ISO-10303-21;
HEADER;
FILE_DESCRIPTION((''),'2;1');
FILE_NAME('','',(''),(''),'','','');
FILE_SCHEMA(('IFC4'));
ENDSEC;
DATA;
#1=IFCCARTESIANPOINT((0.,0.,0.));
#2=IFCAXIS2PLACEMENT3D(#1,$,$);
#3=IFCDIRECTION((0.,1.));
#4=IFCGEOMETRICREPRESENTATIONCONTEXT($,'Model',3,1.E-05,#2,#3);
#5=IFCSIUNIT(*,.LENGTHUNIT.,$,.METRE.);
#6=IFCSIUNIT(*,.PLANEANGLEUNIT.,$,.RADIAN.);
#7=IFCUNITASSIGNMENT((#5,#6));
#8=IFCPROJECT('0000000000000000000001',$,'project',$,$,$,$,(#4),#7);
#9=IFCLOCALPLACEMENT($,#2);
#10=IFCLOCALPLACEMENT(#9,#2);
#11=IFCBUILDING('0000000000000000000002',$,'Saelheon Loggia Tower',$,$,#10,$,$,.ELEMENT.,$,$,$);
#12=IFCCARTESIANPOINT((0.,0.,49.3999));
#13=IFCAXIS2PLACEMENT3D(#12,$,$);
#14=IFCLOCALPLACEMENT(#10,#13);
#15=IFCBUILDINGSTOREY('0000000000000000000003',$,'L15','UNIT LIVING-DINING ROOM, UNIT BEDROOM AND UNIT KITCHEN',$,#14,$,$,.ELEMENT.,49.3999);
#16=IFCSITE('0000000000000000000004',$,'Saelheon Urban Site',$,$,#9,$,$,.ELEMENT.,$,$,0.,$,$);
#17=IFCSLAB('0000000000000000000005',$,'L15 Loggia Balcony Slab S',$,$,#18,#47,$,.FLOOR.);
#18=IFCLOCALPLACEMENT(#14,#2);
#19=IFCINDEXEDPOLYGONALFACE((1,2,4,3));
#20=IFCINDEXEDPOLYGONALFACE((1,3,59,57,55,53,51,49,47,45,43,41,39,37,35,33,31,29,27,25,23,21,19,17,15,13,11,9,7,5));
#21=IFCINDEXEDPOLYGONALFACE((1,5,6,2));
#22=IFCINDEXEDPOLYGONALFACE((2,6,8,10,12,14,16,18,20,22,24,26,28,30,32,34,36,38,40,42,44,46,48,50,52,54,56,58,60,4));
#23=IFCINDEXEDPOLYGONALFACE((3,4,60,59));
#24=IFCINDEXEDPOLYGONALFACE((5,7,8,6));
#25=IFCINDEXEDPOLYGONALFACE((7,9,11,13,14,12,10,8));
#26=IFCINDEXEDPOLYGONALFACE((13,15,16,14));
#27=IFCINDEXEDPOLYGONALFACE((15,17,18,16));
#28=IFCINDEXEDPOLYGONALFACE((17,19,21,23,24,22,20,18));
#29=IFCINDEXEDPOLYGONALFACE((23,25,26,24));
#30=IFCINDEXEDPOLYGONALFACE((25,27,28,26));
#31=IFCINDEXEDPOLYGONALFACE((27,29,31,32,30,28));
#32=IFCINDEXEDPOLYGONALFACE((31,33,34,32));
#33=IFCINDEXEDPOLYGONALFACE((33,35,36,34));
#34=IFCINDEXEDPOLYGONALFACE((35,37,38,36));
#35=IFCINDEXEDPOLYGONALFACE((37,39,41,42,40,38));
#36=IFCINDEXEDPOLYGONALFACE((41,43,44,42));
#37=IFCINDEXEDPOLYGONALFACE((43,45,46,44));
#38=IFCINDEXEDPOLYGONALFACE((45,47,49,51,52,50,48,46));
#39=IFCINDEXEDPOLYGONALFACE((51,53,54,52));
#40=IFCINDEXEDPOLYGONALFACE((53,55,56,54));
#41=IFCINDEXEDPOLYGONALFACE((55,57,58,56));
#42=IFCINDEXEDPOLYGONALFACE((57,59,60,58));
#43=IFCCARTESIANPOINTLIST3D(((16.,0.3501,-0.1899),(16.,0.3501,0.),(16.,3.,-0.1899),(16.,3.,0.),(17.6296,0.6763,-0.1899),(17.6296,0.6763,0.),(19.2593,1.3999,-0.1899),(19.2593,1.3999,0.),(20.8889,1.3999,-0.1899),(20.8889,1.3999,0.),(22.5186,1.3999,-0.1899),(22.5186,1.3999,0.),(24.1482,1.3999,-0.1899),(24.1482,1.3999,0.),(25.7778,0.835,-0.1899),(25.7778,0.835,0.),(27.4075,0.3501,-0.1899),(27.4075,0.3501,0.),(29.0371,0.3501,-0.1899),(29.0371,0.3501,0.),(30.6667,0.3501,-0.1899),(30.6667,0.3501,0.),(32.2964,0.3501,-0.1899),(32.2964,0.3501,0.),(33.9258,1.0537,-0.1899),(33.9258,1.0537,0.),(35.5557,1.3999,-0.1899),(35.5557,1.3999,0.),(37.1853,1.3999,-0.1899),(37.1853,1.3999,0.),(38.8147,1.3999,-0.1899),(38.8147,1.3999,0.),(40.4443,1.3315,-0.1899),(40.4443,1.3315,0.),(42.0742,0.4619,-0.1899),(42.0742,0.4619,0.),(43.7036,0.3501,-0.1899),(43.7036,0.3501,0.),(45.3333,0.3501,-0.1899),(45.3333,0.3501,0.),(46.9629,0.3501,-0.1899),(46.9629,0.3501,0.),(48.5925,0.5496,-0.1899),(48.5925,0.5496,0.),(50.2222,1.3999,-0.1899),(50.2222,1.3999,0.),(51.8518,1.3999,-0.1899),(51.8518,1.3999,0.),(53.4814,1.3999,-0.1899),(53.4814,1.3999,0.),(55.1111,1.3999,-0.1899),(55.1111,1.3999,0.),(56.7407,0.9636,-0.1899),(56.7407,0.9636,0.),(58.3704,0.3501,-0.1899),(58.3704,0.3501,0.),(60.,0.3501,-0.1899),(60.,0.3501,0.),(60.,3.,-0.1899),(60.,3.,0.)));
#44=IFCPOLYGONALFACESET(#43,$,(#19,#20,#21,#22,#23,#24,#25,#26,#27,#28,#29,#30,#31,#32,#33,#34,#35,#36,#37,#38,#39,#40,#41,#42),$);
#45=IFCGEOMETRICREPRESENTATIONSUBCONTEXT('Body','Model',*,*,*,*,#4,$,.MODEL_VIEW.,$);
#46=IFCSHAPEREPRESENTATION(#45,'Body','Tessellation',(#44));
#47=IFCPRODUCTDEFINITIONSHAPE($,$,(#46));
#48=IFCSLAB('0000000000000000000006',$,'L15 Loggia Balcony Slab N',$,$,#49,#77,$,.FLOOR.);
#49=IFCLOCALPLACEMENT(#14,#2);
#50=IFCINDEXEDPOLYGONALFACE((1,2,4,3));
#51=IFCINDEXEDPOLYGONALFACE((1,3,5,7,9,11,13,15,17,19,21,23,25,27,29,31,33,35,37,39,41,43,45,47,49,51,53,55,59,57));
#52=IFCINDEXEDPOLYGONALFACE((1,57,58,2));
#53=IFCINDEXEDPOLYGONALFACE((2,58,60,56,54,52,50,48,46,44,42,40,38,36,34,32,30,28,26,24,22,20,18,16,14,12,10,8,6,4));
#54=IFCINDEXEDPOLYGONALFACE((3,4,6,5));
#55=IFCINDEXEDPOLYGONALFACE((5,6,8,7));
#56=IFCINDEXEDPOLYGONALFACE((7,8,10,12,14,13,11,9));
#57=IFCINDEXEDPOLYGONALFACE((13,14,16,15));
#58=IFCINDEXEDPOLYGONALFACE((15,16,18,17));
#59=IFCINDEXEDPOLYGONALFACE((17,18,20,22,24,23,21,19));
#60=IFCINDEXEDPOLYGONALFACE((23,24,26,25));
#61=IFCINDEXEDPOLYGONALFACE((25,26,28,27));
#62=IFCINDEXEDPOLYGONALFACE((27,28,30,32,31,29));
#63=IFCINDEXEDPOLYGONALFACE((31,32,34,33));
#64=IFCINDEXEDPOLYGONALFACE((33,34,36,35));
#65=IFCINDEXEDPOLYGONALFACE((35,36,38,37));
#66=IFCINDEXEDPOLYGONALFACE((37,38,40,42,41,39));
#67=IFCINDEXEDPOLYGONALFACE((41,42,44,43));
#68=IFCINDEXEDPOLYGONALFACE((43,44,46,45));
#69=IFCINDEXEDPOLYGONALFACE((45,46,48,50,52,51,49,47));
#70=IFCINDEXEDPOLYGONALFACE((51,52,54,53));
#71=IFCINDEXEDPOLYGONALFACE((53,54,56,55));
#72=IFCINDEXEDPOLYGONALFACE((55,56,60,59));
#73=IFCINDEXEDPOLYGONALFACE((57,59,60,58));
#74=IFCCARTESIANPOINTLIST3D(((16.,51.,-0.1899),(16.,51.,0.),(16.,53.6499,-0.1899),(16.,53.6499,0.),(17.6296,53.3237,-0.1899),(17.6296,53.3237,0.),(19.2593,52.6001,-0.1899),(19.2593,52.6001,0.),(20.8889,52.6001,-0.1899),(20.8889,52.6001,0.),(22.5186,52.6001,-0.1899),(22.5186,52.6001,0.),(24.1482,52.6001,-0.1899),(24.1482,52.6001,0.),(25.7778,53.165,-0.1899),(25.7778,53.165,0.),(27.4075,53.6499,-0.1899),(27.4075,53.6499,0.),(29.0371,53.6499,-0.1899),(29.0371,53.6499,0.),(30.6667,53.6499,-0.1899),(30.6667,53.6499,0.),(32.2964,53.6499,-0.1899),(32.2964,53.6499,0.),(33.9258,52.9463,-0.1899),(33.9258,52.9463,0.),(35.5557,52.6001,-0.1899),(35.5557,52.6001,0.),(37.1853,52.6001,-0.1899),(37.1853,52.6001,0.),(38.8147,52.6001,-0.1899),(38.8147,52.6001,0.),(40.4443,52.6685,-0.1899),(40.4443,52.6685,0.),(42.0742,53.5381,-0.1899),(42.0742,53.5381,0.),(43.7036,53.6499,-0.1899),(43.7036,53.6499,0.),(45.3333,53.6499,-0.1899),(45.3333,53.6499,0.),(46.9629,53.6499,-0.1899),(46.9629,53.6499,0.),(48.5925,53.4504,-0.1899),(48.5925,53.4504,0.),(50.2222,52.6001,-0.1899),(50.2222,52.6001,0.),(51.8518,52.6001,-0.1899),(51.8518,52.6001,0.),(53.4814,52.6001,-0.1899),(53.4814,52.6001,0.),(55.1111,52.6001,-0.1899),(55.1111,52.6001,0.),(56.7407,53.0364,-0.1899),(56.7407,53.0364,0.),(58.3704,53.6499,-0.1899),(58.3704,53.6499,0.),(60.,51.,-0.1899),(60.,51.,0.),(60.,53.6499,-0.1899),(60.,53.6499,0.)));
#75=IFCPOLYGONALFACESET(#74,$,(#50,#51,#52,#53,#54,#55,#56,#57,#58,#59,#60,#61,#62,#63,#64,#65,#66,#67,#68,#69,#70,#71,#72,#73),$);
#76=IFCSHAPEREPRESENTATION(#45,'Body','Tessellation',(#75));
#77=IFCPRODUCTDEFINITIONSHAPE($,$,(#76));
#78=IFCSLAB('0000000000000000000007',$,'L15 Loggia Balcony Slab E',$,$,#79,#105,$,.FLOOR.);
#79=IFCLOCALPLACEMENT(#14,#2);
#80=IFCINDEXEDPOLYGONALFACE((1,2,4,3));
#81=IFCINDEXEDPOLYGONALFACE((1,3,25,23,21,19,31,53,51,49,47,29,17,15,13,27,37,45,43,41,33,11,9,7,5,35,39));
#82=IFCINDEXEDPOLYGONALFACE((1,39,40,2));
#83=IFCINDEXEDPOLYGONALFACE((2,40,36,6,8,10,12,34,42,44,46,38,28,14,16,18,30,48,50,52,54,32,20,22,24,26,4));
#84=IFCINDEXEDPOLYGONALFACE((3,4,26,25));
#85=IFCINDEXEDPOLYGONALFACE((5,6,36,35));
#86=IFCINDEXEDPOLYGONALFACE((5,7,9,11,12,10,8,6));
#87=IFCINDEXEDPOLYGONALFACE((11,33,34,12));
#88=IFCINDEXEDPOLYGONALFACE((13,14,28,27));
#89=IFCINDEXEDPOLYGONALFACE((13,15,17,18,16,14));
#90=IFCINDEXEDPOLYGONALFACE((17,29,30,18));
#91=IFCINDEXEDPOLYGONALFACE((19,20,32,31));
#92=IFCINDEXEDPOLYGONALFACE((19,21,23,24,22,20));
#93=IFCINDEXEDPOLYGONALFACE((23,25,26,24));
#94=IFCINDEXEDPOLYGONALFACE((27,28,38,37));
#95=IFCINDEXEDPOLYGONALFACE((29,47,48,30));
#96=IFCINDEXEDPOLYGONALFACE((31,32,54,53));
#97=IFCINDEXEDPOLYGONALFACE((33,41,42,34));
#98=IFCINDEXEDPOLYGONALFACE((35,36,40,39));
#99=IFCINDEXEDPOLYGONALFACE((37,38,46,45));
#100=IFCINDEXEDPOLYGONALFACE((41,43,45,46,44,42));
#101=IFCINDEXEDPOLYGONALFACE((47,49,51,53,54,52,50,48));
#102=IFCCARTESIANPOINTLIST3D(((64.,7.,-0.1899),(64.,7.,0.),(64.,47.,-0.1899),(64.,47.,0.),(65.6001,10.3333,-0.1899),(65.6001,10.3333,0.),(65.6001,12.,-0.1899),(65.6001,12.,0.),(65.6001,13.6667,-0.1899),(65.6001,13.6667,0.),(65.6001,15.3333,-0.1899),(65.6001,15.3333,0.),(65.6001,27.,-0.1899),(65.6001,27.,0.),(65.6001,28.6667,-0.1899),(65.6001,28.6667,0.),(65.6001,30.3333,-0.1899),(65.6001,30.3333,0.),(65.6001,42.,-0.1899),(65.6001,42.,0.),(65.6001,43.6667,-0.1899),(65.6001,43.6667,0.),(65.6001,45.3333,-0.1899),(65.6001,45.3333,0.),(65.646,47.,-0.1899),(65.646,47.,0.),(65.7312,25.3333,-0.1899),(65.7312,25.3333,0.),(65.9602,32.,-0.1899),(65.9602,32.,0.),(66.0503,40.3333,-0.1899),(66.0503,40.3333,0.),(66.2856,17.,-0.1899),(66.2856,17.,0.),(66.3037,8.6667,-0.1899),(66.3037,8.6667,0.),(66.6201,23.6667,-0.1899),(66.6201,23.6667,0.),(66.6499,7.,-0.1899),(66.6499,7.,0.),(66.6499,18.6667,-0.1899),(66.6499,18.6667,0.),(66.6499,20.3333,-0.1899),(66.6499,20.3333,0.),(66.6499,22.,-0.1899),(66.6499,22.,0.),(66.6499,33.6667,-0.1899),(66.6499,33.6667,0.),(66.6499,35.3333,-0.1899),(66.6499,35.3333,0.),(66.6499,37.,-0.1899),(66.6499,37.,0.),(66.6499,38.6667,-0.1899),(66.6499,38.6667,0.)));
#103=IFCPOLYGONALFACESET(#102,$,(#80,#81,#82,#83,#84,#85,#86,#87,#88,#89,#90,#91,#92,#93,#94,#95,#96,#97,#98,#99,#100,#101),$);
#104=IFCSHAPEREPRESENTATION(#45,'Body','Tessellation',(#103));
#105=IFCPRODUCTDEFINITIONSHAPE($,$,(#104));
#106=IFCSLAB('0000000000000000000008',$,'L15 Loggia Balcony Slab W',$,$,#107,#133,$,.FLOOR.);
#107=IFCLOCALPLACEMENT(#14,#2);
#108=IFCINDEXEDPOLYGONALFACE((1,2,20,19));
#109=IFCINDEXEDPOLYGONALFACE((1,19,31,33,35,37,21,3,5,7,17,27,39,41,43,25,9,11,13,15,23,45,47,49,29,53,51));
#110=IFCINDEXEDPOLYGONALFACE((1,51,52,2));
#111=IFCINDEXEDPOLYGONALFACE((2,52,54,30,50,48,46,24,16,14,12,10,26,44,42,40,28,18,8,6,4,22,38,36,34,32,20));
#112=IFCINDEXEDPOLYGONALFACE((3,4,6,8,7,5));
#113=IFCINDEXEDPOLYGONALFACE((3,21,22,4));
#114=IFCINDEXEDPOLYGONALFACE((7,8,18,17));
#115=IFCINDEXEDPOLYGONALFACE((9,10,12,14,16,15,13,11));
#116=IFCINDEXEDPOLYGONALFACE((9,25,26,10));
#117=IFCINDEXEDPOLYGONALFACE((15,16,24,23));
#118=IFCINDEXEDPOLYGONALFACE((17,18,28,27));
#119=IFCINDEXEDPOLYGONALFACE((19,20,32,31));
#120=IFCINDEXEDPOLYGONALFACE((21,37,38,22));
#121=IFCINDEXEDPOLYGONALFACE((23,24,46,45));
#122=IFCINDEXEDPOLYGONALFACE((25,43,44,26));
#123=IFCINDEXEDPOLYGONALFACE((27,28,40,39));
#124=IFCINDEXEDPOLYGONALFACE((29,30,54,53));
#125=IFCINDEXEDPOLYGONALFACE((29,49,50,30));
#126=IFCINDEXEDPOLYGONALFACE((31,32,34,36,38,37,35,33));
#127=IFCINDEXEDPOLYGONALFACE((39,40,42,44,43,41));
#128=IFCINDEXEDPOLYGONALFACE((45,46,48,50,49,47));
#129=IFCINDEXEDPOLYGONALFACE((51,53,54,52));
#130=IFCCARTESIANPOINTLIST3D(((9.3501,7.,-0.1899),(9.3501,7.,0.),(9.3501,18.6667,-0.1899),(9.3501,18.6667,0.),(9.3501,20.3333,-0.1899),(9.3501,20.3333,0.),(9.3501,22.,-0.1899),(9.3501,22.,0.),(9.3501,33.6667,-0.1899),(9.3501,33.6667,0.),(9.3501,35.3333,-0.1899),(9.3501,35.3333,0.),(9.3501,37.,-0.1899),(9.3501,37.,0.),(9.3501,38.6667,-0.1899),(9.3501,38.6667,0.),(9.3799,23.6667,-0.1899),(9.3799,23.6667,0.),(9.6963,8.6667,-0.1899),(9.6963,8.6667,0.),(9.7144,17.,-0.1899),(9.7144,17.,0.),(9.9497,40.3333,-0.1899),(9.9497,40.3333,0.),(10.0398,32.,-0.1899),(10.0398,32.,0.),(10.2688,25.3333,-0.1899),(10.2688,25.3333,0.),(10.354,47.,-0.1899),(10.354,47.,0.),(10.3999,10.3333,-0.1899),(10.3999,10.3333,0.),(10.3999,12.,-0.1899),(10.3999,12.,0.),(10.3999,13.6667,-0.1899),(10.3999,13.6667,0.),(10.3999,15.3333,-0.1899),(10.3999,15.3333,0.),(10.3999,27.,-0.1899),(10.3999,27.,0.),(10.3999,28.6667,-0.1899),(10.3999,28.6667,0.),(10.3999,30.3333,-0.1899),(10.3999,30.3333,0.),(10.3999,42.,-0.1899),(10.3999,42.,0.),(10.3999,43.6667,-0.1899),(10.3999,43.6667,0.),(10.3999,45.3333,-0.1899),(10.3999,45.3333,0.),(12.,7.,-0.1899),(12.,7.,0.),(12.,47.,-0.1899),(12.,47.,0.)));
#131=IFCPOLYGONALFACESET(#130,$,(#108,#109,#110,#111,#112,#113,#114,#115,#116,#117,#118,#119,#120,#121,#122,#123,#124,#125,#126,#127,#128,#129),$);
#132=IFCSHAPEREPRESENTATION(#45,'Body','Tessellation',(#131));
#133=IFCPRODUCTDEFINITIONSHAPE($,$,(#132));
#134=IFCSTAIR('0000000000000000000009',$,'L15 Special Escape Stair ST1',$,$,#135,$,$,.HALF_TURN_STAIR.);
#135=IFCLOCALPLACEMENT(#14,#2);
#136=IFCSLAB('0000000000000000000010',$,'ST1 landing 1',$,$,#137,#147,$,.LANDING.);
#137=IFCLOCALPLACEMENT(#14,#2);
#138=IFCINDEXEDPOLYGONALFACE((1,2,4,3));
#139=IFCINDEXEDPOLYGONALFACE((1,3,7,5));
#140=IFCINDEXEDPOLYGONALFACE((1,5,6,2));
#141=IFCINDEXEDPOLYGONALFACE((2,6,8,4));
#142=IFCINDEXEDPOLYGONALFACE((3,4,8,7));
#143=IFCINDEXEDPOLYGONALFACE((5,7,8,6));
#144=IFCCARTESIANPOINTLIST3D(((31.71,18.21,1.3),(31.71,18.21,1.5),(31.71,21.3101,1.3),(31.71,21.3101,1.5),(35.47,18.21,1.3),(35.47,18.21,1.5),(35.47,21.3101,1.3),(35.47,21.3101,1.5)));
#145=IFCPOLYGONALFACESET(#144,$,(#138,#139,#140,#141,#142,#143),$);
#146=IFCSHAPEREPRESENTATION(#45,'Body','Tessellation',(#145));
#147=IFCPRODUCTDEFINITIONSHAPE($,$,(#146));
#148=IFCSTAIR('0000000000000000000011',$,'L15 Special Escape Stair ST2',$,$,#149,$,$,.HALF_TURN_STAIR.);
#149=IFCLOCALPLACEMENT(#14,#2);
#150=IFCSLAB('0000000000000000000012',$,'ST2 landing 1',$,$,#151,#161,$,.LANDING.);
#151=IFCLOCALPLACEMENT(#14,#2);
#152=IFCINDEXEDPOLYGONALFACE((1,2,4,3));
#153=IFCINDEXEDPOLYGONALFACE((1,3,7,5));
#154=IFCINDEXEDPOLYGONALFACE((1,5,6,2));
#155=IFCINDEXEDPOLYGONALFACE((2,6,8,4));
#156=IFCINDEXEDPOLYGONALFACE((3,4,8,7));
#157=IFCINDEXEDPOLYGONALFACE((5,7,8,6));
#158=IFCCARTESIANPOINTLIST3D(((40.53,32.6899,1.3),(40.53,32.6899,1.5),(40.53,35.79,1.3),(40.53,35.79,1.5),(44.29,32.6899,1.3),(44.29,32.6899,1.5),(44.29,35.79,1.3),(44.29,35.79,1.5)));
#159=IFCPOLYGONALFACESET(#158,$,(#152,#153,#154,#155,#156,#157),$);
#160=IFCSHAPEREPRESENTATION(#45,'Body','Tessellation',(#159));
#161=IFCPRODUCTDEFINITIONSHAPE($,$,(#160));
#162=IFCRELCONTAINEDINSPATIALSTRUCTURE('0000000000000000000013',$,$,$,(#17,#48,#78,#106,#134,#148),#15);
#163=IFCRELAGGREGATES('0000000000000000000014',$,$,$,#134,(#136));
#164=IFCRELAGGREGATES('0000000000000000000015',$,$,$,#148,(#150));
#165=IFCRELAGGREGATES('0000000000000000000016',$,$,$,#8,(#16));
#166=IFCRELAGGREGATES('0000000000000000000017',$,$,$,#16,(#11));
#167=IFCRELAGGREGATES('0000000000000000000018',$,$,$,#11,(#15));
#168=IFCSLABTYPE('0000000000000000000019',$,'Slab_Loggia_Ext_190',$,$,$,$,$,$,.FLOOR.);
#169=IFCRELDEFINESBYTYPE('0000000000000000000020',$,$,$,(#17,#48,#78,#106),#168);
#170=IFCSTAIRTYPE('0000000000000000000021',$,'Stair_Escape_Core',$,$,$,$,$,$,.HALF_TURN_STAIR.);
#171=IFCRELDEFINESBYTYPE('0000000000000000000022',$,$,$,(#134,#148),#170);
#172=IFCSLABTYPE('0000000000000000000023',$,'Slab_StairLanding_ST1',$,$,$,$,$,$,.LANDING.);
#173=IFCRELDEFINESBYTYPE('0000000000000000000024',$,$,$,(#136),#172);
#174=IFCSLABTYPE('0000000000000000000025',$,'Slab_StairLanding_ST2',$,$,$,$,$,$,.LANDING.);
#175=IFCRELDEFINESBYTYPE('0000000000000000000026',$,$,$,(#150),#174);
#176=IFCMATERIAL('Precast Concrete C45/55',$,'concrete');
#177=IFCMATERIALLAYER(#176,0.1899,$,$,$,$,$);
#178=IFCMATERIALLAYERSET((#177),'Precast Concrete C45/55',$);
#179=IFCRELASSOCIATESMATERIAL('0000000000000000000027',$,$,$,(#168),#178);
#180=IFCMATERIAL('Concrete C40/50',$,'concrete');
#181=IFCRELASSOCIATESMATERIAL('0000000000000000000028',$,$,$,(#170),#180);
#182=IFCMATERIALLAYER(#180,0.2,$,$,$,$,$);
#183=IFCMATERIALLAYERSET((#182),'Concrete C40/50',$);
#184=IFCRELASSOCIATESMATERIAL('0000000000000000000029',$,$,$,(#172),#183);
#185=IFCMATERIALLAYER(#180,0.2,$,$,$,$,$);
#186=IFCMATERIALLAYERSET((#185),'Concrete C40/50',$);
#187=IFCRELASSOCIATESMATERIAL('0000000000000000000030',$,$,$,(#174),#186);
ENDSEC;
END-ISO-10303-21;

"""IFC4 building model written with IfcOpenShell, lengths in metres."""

from ifc_helpers import new_model, si_unit, direction, frame, origin, place, context, subcontext, project, spatial, polyline, outline, extrude, material, layer, layer_set, type_object, element, aggregate, save


model = new_model("IFC4")

# Units and contexts
model_context = context("Model", 3, precision=1e-05, world=origin(), true_north=direction((0.0, 1.0)))
body_context = subcontext(model_context, "Body", "Model", "MODEL_VIEW")
ifc_project = project(units=[si_unit("LENGTHUNIT", "METRE"), si_unit("PLANEANGLEUNIT", "RADIAN")], contexts=[model_context])

# Site, building, storey
site_placement = place(None, origin())
site = spatial("IfcSite", under=ifc_project, at=site_placement, Name="Saelheon Urban Site", CompositionType="ELEMENT", RefElevation=0.0)
building_placement = place(site_placement, origin())
building = spatial("IfcBuilding", under=site, at=building_placement, Name="Saelheon Loggia Tower", CompositionType="ELEMENT")
storey_placement = place(building_placement, frame((0.0, 0.0, 49.3999)))
storey = spatial("IfcBuildingStorey", under=building, at=storey_placement, Name="L15", Description="UNIT LIVING-DINING ROOM, UNIT BEDROOM AND UNIT KITCHEN", CompositionType="ELEMENT", Elevation=49.3999)

# Slabs
ifc_material_1 = material(Name="Precast Concrete C45/55", Category="concrete")
ifc_layer_1 = layer(ifc_material_1, 0.1899)
ifc_layer_set_1 = layer_set([ifc_layer_1], Name="Precast Concrete C45/55")
slab_type_1 = type_object("IfcSlabType", Name="Slab_Loggia_Ext_190", PredefinedType="FLOOR", material=ifc_layer_set_1)
slab_1_placement = place(storey_placement, frame((0.0, 0.0, -0.1899)))
element("IfcSlab", 1, at=slab_1_placement, inside=storey, type_object=slab_type_1, Name="L15 Loggia Balcony Slab S", PredefinedType="FLOOR", context=body_context, shape_type="SweptSolid", body=[
    extrude(outline(polyline([(16.0, 0.3501), (17.6296, 0.6763), (19.2593, 1.3999), (20.8889, 1.3999), (22.5186, 1.3999), (24.1482, 1.3999), (25.7778, 0.835), (27.4075, 0.3501), (29.0371, 0.3501), (30.6667, 0.3501), (32.2964, 0.3501), (33.9258, 1.0537), (35.5557, 1.3999), (37.1853, 1.3999), (38.8147, 1.3999), (40.4443, 1.3315), (42.0742, 0.4619), (43.7036, 0.3501), (45.3333, 0.3501), (46.9629, 0.3501), (48.5925, 0.5496), (50.2222, 1.3999), (51.8518, 1.3999), (53.4814, 1.3999), (55.1111, 1.3999), (56.7407, 0.9636), (58.3704, 0.3501), (60.0, 0.3501), (60.0, 3.0), (16.0, 3.0), (16.0, 0.3501)])), origin(), (0.0, 0.0, 1.0), 0.1899),
])
slab_2_placement = place(storey_placement, frame((0.0, 0.0, -0.1899)))
element("IfcSlab", 2, at=slab_2_placement, inside=storey, type_object=slab_type_1, Name="L15 Loggia Balcony Slab N", PredefinedType="FLOOR", context=body_context, shape_type="SweptSolid", body=[
    extrude(outline(polyline([(16.0, 51.0), (60.0, 51.0), (60.0, 53.6499), (58.3704, 53.6499), (56.7407, 53.0364), (55.1111, 52.6001), (53.4814, 52.6001), (51.8518, 52.6001), (50.2222, 52.6001), (48.5925, 53.4504), (46.9629, 53.6499), (45.3333, 53.6499), (43.7036, 53.6499), (42.0742, 53.5381), (40.4443, 52.6685), (38.8147, 52.6001), (37.1853, 52.6001), (35.5557, 52.6001), (33.9258, 52.9463), (32.2964, 53.6499), (30.6667, 53.6499), (29.0371, 53.6499), (27.4075, 53.6499), (25.7778, 53.165), (24.1482, 52.6001), (22.5186, 52.6001), (20.8889, 52.6001), (19.2593, 52.6001), (17.6296, 53.3237), (16.0, 53.6499), (16.0, 51.0)])), origin(), (0.0, 0.0, 1.0), 0.1899),
])
slab_3_placement = place(storey_placement, frame((0.0, 0.0, -0.1899)))
element("IfcSlab", 3, at=slab_3_placement, inside=storey, type_object=slab_type_1, Name="L15 Loggia Balcony Slab E", PredefinedType="FLOOR", context=body_context, shape_type="SweptSolid", body=[
    extrude(outline(polyline([(64.0, 7.0), (66.6499, 7.0), (66.3037, 8.6667), (65.6001, 10.3333), (65.6001, 12.0), (65.6001, 13.6667), (65.6001, 15.3333), (66.2856, 17.0), (66.6499, 18.6667), (66.6499, 20.3333), (66.6499, 22.0), (66.6201, 23.6667), (65.7312, 25.3333), (65.6001, 27.0), (65.6001, 28.6667), (65.6001, 30.3333), (65.9602, 32.0), (66.6499, 33.6667), (66.6499, 35.3333), (66.6499, 37.0), (66.6499, 38.6667), (66.0503, 40.3333), (65.6001, 42.0), (65.6001, 43.6667), (65.6001, 45.3333), (65.646, 47.0), (64.0, 47.0), (64.0, 7.0)])), origin(), (0.0, 0.0, 1.0), 0.1899),
])
slab_4_placement = place(storey_placement, frame((0.0, 0.0, -0.1899)))
element("IfcSlab", 4, at=slab_4_placement, inside=storey, type_object=slab_type_1, Name="L15 Loggia Balcony Slab W", PredefinedType="FLOOR", context=body_context, shape_type="SweptSolid", body=[
    extrude(outline(polyline([(12.0, 7.0), (12.0, 47.0), (10.354, 47.0), (10.3999, 45.3333), (10.3999, 43.6667), (10.3999, 42.0), (9.9497, 40.3333), (9.3501, 38.6667), (9.3501, 37.0), (9.3501, 35.3333), (9.3501, 33.6667), (10.0398, 32.0), (10.3999, 30.3333), (10.3999, 28.6667), (10.3999, 27.0), (10.2688, 25.3333), (9.3799, 23.6667), (9.3501, 22.0), (9.3501, 20.3333), (9.3501, 18.6667), (9.7144, 17.0), (10.3999, 15.3333), (10.3999, 13.6667), (10.3999, 12.0), (10.3999, 10.3333), (9.6963, 8.6667), (9.3501, 7.0), (12.0, 7.0)])), origin(), (0.0, 0.0, 1.0), 0.1899),
])

# Stairs, slabs
ifc_material_2 = material(Name="Concrete C40/50", Category="concrete")
stair_type = type_object("IfcStairType", Name="Stair_Escape_Core", PredefinedType="HALF_TURN_STAIR", material=ifc_material_2)
stair_1_placement = place(storey_placement, origin())
stair_1 = element("IfcStair", 5, at=stair_1_placement, inside=storey, type_object=stair_type, Name="L15 Special Escape Stair ST1", PredefinedType="HALF_TURN_STAIR")
ifc_layer_2 = layer(ifc_material_2, 0.2)
ifc_layer_set_2 = layer_set([ifc_layer_2], Name="Concrete C40/50")
slab_type_2 = type_object("IfcSlabType", Name="Slab_StairLanding_ST1", PredefinedType="LANDING", material=ifc_layer_set_2)
slab_5_placement = place(storey_placement, frame((0.0, 0.0, 1.3)))
slab_5 = element("IfcSlab", 6, at=slab_5_placement, type_object=slab_type_2, Name="ST1 landing 1", PredefinedType="LANDING", context=body_context, shape_type="SweptSolid", body=[
    extrude(outline(polyline([(31.71, 21.3101), (31.71, 18.21), (35.47, 18.21), (35.47, 21.3101), (31.71, 21.3101)])), origin(), (0.0, 0.0, 1.0), 0.2),
])
aggregate(stair_1, [slab_5])
stair_2_placement = place(storey_placement, origin())
stair_2 = element("IfcStair", 7, at=stair_2_placement, inside=storey, type_object=stair_type, Name="L15 Special Escape Stair ST2", PredefinedType="HALF_TURN_STAIR")
ifc_layer_3 = layer(ifc_material_2, 0.2)
ifc_layer_set_3 = layer_set([ifc_layer_3], Name="Concrete C40/50")
slab_type_3 = type_object("IfcSlabType", Name="Slab_StairLanding_ST2", PredefinedType="LANDING", material=ifc_layer_set_3)
slab_6_placement = place(storey_placement, frame((0.0, 0.0, 1.3)))
slab_6 = element("IfcSlab", 8, at=slab_6_placement, type_object=slab_type_3, Name="ST2 landing 1", PredefinedType="LANDING", context=body_context, shape_type="SweptSolid", body=[
    extrude(outline(polyline([(44.29, 32.6899), (44.29, 35.79), (40.53, 35.79), (40.53, 32.6899), (44.29, 32.6899)])), origin(), (0.0, 0.0, 1.0), 0.2),
])
aggregate(stair_2, [slab_6])

save(model, "model.ifc")
